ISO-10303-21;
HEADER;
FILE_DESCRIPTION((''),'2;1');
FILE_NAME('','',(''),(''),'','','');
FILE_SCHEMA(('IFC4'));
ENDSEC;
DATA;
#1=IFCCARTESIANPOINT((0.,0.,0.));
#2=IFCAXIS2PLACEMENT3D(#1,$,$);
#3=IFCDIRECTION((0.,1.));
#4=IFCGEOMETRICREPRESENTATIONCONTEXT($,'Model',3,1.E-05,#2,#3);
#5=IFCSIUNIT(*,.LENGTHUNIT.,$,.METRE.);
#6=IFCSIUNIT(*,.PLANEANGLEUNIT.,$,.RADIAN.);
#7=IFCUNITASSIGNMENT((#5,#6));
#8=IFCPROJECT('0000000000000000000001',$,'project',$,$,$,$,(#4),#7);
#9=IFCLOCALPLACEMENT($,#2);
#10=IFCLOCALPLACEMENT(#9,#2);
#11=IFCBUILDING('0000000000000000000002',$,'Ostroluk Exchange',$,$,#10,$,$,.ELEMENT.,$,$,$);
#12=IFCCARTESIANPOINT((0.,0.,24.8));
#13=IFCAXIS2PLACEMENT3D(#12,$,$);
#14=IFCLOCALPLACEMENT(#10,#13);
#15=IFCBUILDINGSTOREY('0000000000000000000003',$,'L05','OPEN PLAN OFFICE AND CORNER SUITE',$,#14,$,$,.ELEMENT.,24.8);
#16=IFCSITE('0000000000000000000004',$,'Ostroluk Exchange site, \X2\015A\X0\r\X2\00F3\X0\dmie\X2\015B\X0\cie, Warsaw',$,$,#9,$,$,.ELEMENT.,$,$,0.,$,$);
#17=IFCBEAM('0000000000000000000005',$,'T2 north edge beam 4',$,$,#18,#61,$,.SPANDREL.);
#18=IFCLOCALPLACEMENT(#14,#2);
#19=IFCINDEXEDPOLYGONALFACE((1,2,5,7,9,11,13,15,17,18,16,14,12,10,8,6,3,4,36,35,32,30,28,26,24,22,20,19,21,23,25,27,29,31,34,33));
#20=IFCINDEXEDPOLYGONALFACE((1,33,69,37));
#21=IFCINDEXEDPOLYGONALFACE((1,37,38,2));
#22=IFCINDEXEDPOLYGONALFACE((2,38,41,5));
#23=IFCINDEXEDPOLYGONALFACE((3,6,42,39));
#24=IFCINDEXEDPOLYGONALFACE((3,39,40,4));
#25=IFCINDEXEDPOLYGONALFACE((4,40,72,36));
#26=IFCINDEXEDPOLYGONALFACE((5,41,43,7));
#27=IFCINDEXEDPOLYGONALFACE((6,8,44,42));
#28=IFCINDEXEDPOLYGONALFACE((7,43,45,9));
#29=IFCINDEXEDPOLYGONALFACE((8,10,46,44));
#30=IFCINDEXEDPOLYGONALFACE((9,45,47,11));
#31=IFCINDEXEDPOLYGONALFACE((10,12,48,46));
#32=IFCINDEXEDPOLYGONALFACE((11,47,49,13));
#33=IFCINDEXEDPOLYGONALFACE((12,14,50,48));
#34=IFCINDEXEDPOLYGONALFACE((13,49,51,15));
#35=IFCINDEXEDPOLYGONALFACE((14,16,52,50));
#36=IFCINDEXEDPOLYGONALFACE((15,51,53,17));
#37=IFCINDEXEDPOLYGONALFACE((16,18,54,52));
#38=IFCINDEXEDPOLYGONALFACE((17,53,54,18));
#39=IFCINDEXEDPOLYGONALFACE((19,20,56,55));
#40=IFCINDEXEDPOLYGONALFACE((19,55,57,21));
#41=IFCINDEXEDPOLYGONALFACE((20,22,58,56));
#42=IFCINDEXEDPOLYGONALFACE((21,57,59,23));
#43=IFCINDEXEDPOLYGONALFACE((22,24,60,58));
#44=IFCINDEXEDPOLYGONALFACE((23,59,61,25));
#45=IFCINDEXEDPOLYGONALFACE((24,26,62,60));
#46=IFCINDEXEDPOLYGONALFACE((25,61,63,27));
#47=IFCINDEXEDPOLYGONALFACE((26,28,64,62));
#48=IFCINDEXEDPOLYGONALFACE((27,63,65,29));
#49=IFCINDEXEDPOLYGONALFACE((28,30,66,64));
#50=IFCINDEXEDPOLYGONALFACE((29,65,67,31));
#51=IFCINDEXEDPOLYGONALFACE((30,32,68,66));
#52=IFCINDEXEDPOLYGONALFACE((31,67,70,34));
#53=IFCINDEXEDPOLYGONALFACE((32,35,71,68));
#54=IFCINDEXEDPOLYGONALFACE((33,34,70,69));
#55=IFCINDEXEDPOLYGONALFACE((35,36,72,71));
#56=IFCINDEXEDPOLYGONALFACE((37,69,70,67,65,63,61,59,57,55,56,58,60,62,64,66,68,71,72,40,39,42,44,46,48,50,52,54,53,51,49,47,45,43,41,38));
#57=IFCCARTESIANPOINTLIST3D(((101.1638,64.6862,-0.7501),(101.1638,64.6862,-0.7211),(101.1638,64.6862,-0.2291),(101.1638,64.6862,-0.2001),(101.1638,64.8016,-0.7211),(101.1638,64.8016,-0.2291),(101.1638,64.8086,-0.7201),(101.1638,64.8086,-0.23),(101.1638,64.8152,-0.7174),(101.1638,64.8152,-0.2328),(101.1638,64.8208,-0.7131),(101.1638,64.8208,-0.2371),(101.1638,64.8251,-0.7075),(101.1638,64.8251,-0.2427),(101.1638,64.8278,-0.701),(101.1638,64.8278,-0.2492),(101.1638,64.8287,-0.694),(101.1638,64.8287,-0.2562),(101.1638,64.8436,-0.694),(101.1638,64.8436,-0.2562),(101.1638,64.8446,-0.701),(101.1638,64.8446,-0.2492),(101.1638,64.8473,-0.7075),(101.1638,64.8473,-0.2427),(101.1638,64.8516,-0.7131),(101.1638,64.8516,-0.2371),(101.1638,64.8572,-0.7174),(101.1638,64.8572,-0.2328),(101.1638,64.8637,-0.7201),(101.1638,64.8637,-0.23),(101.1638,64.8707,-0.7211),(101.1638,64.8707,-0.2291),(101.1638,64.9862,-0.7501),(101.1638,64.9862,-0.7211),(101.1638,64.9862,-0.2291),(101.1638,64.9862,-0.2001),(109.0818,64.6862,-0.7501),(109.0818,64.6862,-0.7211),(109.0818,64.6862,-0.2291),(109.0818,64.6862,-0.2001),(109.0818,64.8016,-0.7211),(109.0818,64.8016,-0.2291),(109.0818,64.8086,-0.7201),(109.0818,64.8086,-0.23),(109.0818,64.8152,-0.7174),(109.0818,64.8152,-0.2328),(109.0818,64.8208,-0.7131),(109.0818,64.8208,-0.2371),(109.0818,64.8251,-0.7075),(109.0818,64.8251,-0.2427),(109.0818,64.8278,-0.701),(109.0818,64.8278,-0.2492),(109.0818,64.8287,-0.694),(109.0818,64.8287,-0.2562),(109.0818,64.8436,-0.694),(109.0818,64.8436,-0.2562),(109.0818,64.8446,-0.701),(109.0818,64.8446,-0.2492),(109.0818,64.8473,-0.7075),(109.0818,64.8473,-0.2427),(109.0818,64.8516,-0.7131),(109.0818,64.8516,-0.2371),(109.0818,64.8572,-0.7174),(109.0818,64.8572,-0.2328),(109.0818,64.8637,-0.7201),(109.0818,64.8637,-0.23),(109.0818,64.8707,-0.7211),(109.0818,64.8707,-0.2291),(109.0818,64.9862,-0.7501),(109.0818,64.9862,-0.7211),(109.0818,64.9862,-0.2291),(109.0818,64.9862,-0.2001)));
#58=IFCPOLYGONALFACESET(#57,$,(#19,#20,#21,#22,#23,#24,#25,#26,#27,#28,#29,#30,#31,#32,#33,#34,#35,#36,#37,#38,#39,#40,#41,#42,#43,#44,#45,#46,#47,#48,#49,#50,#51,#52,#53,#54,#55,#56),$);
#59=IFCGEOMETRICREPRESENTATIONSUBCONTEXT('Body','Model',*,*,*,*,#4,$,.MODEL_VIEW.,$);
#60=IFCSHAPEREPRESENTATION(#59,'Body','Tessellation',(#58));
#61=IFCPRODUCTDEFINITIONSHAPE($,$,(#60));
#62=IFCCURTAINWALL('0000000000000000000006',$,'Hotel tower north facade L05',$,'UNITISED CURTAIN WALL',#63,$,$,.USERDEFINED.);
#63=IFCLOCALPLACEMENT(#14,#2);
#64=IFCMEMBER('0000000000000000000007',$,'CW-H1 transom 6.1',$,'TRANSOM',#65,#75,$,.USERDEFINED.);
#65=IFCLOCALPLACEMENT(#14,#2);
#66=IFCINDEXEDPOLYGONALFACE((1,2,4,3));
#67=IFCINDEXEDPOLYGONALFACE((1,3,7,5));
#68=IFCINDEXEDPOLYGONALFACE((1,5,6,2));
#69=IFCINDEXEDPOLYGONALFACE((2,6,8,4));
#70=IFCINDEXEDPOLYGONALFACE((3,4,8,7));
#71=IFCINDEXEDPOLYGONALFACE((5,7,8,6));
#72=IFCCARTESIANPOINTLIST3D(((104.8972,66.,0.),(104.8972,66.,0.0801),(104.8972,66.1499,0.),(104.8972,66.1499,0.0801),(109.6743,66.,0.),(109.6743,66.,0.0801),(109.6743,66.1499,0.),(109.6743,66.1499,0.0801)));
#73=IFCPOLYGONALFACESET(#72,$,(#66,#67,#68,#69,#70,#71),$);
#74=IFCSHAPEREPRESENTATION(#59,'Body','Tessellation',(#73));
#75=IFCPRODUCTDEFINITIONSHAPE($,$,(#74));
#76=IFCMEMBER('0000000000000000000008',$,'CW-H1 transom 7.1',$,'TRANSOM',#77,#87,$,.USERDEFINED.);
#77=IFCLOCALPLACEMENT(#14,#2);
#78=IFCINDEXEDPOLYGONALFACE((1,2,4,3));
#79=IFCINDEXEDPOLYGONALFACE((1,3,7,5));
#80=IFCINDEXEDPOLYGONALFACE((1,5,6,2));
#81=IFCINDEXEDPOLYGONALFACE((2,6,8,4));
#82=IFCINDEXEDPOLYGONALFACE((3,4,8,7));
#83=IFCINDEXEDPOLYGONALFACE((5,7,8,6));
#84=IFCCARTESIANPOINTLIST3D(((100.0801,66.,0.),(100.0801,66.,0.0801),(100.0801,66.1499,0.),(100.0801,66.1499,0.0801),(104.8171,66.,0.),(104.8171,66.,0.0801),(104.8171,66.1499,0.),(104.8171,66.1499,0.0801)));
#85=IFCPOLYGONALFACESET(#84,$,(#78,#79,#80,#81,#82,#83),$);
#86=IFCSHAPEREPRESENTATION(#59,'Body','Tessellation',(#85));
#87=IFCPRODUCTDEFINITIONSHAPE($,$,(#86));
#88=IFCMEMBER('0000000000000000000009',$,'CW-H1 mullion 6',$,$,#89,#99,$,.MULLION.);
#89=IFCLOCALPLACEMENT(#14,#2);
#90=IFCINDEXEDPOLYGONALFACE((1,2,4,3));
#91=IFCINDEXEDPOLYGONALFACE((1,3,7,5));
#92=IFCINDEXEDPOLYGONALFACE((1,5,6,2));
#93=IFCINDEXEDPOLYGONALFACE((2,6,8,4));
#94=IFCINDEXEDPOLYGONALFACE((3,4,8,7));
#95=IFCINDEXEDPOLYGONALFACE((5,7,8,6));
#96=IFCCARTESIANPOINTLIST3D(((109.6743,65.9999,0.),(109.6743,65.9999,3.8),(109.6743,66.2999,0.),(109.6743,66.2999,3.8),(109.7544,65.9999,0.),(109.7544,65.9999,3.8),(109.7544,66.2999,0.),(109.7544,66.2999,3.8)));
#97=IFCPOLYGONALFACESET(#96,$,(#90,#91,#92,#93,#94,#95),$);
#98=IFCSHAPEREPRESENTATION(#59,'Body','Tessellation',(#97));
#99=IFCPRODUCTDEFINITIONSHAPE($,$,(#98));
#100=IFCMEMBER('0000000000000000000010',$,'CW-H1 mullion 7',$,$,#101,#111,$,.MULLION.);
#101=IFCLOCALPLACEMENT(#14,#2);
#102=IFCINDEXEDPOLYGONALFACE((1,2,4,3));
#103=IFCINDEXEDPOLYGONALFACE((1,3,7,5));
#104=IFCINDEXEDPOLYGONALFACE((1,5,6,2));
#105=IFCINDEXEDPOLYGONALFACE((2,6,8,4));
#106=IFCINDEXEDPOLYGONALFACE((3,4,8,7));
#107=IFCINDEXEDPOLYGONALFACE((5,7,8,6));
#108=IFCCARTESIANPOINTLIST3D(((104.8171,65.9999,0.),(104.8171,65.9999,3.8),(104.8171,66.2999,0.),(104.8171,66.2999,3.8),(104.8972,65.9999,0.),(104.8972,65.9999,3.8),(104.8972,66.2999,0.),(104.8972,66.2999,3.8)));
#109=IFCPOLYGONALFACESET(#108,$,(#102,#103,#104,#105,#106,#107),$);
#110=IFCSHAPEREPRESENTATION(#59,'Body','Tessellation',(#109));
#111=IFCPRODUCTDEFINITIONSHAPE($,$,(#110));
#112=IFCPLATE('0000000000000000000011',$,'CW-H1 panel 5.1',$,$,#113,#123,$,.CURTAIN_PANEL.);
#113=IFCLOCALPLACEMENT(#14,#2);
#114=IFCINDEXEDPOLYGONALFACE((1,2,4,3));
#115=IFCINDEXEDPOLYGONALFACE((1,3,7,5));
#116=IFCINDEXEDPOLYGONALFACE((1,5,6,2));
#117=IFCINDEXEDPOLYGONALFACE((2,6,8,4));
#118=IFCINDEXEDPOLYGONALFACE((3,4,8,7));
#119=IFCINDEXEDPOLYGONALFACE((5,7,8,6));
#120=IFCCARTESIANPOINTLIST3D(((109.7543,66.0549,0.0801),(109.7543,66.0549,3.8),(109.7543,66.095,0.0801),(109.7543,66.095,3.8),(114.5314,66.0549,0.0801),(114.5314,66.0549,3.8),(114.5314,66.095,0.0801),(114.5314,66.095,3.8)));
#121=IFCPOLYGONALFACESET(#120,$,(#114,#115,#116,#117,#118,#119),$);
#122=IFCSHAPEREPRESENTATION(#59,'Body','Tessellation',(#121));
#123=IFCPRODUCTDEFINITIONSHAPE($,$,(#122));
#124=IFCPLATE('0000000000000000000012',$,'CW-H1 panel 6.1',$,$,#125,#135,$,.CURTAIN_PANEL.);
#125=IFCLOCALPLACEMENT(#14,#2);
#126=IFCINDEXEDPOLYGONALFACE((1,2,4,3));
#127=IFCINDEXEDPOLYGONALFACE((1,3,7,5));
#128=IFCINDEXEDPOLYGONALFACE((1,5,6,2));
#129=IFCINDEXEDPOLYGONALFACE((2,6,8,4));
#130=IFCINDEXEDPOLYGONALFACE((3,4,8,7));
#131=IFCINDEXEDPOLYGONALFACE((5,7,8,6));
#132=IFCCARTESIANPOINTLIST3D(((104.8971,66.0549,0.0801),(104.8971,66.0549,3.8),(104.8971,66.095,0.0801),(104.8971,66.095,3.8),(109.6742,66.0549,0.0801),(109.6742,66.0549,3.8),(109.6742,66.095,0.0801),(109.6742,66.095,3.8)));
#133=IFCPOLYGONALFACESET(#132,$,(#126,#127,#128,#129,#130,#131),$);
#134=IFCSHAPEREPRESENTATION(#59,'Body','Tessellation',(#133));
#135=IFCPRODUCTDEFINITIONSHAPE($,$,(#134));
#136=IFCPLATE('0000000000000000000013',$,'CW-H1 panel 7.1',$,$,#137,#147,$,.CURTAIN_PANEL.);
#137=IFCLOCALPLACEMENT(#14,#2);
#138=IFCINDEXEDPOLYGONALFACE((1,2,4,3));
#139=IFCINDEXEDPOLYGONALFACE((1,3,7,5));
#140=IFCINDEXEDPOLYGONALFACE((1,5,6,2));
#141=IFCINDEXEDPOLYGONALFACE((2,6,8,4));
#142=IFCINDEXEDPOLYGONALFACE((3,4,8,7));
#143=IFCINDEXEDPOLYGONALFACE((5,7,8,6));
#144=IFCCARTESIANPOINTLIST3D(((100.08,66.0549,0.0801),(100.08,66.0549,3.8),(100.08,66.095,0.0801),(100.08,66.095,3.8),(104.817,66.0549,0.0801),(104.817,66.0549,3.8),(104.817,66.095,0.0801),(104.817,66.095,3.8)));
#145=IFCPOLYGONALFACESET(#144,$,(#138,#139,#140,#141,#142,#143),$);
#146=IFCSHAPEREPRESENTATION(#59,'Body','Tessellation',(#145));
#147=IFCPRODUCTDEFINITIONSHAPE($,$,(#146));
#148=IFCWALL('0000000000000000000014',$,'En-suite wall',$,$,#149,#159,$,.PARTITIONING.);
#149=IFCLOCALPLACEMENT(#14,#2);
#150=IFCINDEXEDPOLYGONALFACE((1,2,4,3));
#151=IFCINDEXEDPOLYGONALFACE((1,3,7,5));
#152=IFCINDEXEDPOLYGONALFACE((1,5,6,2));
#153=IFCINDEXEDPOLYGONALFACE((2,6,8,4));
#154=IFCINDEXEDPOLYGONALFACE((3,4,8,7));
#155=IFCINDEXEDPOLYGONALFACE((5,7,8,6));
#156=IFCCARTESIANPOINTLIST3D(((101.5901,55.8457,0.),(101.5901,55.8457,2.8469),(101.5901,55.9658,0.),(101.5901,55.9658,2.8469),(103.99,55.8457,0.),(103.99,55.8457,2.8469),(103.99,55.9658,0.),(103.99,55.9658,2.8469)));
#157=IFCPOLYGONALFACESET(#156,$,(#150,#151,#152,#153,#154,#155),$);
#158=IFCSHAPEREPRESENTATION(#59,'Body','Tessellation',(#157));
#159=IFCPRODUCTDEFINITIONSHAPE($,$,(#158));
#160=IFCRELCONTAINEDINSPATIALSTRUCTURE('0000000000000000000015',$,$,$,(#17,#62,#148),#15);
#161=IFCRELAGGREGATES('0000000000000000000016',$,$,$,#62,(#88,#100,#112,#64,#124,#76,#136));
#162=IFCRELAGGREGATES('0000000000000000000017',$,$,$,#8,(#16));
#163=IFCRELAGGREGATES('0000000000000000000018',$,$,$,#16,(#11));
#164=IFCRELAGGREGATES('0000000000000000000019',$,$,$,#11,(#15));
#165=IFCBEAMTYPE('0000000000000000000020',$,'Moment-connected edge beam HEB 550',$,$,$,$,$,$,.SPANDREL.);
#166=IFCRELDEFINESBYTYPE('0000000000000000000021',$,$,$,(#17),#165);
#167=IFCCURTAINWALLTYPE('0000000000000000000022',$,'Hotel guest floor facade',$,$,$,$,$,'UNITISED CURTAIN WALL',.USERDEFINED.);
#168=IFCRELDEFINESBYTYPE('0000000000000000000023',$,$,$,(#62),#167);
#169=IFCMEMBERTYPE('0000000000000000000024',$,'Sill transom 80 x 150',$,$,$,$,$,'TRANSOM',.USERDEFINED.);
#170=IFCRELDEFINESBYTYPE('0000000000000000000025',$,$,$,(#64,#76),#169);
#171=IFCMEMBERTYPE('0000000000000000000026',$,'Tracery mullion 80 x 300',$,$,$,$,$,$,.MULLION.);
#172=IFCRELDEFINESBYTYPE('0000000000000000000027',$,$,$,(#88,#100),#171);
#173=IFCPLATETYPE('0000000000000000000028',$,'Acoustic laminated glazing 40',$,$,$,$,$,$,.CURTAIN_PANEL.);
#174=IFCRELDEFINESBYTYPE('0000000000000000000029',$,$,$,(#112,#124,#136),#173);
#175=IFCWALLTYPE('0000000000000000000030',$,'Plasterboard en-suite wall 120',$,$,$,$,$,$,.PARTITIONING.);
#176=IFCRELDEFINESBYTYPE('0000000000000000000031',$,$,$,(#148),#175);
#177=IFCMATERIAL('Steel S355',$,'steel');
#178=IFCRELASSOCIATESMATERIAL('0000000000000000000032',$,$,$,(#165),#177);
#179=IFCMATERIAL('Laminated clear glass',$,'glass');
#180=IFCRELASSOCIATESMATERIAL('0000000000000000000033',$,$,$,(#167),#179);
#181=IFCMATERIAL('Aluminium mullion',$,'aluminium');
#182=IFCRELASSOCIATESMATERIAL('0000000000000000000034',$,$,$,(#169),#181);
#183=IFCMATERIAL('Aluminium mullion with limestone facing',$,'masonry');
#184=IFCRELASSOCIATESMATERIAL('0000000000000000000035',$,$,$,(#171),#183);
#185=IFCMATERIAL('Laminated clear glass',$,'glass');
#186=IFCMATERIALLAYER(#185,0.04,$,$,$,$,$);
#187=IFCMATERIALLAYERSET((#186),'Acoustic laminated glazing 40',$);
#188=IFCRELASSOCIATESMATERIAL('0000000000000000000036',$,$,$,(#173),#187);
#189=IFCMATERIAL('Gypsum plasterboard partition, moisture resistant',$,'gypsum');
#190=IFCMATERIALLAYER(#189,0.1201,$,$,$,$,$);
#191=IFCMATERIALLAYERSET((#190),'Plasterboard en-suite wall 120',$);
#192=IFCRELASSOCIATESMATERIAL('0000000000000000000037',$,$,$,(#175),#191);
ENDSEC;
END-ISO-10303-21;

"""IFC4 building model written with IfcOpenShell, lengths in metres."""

from ifc_helpers import new_model, si_unit, direction, frame, frame_2d, origin, origin_2d, place, context, subcontext, project, spatial, rectangle, i_section, extrude, material, layer, layer_set, material_profile, profile_set, type_object, element, aggregate, save


model = new_model("IFC4")

# Units and contexts
model_context = context("Model", 3, precision=1e-05, world=origin(), true_north=direction((0.0, 1.0)))
body_context = subcontext(model_context, "Body", "Model", "MODEL_VIEW")
ifc_project = project(units=[si_unit("LENGTHUNIT", "METRE"), si_unit("PLANEANGLEUNIT", "RADIAN")], contexts=[model_context])

# Site, building, storey
site_placement = place(None, origin())
site = spatial("IfcSite", under=ifc_project, at=site_placement, Name="Ostroluk Exchange site, Śródmieście, Warsaw", CompositionType="ELEMENT", RefElevation=0.0)
building_placement = place(site_placement, origin())
building = spatial("IfcBuilding", under=site, at=building_placement, Name="Ostroluk Exchange", CompositionType="ELEMENT")
storey_placement = place(building_placement, frame((0.0, 0.0, 24.8)))
storey = spatial("IfcBuildingStorey", under=building, at=storey_placement, Name="L05", Description="OPEN PLAN OFFICE AND CORNER SUITE", CompositionType="ELEMENT", Elevation=24.8)

# Beam
ifc_material_1 = material(Name="Steel S355", Category="steel")
ifc_material_profile_1 = material_profile(ifc_material_1, i_section(OverallWidth=0.3, OverallDepth=0.55, WebThickness=0.0149, FlangeThickness=0.0291, FilletRadius=0.0271, at=origin_2d()), Name="HEB 550")
ifc_profile_set_1 = profile_set([ifc_material_profile_1], Name="Steel S355")
beam_type_1 = type_object("IfcBeamType", Name="Moment-connected edge beam HEB 550", PredefinedType="SPANDREL", material=ifc_profile_set_1)
beam_1_placement = place(storey_placement, frame((109.0818, 64.8362, -0.4751), z_axis=(-1.0, 0.0, 0.0), x_axis=(0.0, -1.0, 0.0)))
element("IfcBeam", 1, at=beam_1_placement, inside=storey, type_object=beam_type_1, Name="T2 north edge beam 4", PredefinedType="SPANDREL", context=body_context, shape_type="SweptSolid", body=[
    extrude(i_section(OverallWidth=0.3, OverallDepth=0.55, WebThickness=0.0149, FlangeThickness=0.0291, FilletRadius=0.0271, at=origin_2d()), origin(), (0.0, 0.0, 1.0), 7.918),
])

# Curtain wall, members, plates
ifc_material_2 = material(Name="Laminated clear glass", Category="glass")
curtain_wall_type = type_object("IfcCurtainWallType", Name="Hotel guest floor facade", ElementType="UNITISED CURTAIN WALL", PredefinedType="USERDEFINED", material=ifc_material_2)
curtain_wall_placement = place(storey_placement, origin())
curtain_wall = element("IfcCurtainWall", 2, at=curtain_wall_placement, inside=storey, type_object=curtain_wall_type, Name="Hotel tower north facade L05", ObjectType="UNITISED CURTAIN WALL", PredefinedType="USERDEFINED")
ifc_material_3 = material(Name="Aluminium mullion", Category="aluminium")
ifc_material_profile_2 = material_profile(ifc_material_3, rectangle(XDim=0.1499, YDim=0.0801, at=origin_2d()), Name="Sill transom 80 x 150")
ifc_profile_set_2 = profile_set([ifc_material_profile_2], Name="Aluminium mullion")
member_type_1 = type_object("IfcMemberType", Name="Sill transom 80 x 150", ElementType="TRANSOM", PredefinedType="USERDEFINED", material=ifc_profile_set_2)
member_1_placement = place(storey_placement, frame((109.6743, 66.075, 0.04), z_axis=(-1.0, 0.0, 0.0), x_axis=(0.0, -1.0, 0.0)))
member_1 = element("IfcMember", 3, at=member_1_placement, type_object=member_type_1, Name="CW-H1 transom 6.1", ObjectType="TRANSOM", PredefinedType="USERDEFINED", context=body_context, shape_type="SweptSolid", body=[
    extrude(rectangle(XDim=0.1499, YDim=0.0801, at=origin_2d()), origin(), (0.0, 0.0, 1.0), 4.7771),
])
member_2_placement = place(storey_placement, frame((104.8171, 66.075, 0.04), z_axis=(-1.0, 0.0, 0.0), x_axis=(0.0, -1.0, 0.0)))
member_2 = element("IfcMember", 4, at=member_2_placement, type_object=member_type_1, Name="CW-H1 transom 7.1", ObjectType="TRANSOM", PredefinedType="USERDEFINED", context=body_context, shape_type="SweptSolid", body=[
    extrude(rectangle(XDim=0.1499, YDim=0.0801, at=origin_2d()), origin(), (0.0, 0.0, 1.0), 4.7371),
])
ifc_material_4 = material(Name="Aluminium mullion with limestone facing", Category="masonry")
ifc_material_profile_3 = material_profile(ifc_material_4, rectangle(XDim=0.3, YDim=0.0801, at=origin_2d()), Name="Tracery mullion 80 x 300")
ifc_profile_set_3 = profile_set([ifc_material_profile_3], Name="Aluminium mullion with limestone facing")
member_type_2 = type_object("IfcMemberType", Name="Tracery mullion 80 x 300", PredefinedType="MULLION", material=ifc_profile_set_3)
member_3_placement = place(storey_placement, frame((109.7144, 66.1499, 0.0), z_axis=(0.0, 0.0, 1.0), x_axis=(0.0, -1.0, 0.0)))
member_3 = element("IfcMember", 5, at=member_3_placement, type_object=member_type_2, Name="CW-H1 mullion 6", PredefinedType="MULLION", context=body_context, shape_type="SweptSolid", body=[
    extrude(rectangle(XDim=0.3, YDim=0.0801, at=origin_2d()), origin(), (0.0, 0.0, 1.0), 3.8),
])
member_4_placement = place(storey_placement, frame((104.8572, 66.1499, 0.0), z_axis=(0.0, 0.0, 1.0), x_axis=(0.0, -1.0, 0.0)))
member_4 = element("IfcMember", 6, at=member_4_placement, type_object=member_type_2, Name="CW-H1 mullion 7", PredefinedType="MULLION", context=body_context, shape_type="SweptSolid", body=[
    extrude(rectangle(XDim=0.3, YDim=0.0801, at=origin_2d()), origin(), (0.0, 0.0, 1.0), 3.8),
])
ifc_material_5 = material(Name="Laminated clear glass", Category="glass")
ifc_layer_1 = layer(ifc_material_5, 0.04)
ifc_layer_set_1 = layer_set([ifc_layer_1], Name="Acoustic laminated glazing 40")
plate_type = type_object("IfcPlateType", Name="Acoustic laminated glazing 40", PredefinedType="CURTAIN_PANEL", material=ifc_layer_set_1)
plate_1_placement = place(storey_placement, frame((112.1428, 66.075, 0.0801), z_axis=(0.0, 0.0, 1.0), x_axis=(-1.0, 0.0, 0.0)))
plate_1 = element("IfcPlate", 7, at=plate_1_placement, type_object=plate_type, Name="CW-H1 panel 5.1", PredefinedType="CURTAIN_PANEL", context=body_context, shape_type="SweptSolid", body=[
    extrude(rectangle(XDim=4.7771, YDim=0.04, at=origin_2d()), origin(), (0.0, 0.0, 1.0), 3.72),
])
plate_2_placement = place(storey_placement, frame((107.2856, 66.075, 0.0801), z_axis=(0.0, 0.0, 1.0), x_axis=(-1.0, 0.0, 0.0)))
plate_2 = element("IfcPlate", 8, at=plate_2_placement, type_object=plate_type, Name="CW-H1 panel 6.1", PredefinedType="CURTAIN_PANEL", context=body_context, shape_type="SweptSolid", body=[
    extrude(rectangle(XDim=4.7771, YDim=0.04, at=origin_2d()), origin(), (0.0, 0.0, 1.0), 3.72),
])
plate_3_placement = place(storey_placement, frame((102.4485, 66.075, 0.0801), z_axis=(0.0, 0.0, 1.0), x_axis=(-1.0, 0.0, 0.0)))
plate_3 = element("IfcPlate", 9, at=plate_3_placement, type_object=plate_type, Name="CW-H1 panel 7.1", PredefinedType="CURTAIN_PANEL", context=body_context, shape_type="SweptSolid", body=[
    extrude(rectangle(XDim=4.7371, YDim=0.04, at=origin_2d()), origin(), (0.0, 0.0, 1.0), 3.72),
])
aggregate(curtain_wall, [member_3, member_4, plate_1, member_1, plate_2, member_2, plate_3])

# Wall
ifc_material_6 = material(Name="Gypsum plasterboard partition, moisture resistant", Category="gypsum")
ifc_layer_2 = layer(ifc_material_6, 0.1201)
ifc_layer_set_2 = layer_set([ifc_layer_2], Name="Plasterboard en-suite wall 120")
wall_type_1 = type_object("IfcWallType", Name="Plasterboard en-suite wall 120", PredefinedType="PARTITIONING", material=ifc_layer_set_2)
wall_1_placement = place(storey_placement, frame((103.99, 55.9058, 0.0), z_axis=(0.0, 0.0, 1.0), x_axis=(-1.0, 0.0, 0.0)))
element("IfcWall", 10, at=wall_1_placement, inside=storey, type_object=wall_type_1, Name="En-suite wall", PredefinedType="PARTITIONING", context=body_context, shape_type="SweptSolid", body=[
    extrude(rectangle(XDim=2.3999, YDim=0.1201, at=frame_2d((1.2, 0.0))), origin(), (0.0, 0.0, 1.0), 2.8469),
])

save(model, "model.ifc")
